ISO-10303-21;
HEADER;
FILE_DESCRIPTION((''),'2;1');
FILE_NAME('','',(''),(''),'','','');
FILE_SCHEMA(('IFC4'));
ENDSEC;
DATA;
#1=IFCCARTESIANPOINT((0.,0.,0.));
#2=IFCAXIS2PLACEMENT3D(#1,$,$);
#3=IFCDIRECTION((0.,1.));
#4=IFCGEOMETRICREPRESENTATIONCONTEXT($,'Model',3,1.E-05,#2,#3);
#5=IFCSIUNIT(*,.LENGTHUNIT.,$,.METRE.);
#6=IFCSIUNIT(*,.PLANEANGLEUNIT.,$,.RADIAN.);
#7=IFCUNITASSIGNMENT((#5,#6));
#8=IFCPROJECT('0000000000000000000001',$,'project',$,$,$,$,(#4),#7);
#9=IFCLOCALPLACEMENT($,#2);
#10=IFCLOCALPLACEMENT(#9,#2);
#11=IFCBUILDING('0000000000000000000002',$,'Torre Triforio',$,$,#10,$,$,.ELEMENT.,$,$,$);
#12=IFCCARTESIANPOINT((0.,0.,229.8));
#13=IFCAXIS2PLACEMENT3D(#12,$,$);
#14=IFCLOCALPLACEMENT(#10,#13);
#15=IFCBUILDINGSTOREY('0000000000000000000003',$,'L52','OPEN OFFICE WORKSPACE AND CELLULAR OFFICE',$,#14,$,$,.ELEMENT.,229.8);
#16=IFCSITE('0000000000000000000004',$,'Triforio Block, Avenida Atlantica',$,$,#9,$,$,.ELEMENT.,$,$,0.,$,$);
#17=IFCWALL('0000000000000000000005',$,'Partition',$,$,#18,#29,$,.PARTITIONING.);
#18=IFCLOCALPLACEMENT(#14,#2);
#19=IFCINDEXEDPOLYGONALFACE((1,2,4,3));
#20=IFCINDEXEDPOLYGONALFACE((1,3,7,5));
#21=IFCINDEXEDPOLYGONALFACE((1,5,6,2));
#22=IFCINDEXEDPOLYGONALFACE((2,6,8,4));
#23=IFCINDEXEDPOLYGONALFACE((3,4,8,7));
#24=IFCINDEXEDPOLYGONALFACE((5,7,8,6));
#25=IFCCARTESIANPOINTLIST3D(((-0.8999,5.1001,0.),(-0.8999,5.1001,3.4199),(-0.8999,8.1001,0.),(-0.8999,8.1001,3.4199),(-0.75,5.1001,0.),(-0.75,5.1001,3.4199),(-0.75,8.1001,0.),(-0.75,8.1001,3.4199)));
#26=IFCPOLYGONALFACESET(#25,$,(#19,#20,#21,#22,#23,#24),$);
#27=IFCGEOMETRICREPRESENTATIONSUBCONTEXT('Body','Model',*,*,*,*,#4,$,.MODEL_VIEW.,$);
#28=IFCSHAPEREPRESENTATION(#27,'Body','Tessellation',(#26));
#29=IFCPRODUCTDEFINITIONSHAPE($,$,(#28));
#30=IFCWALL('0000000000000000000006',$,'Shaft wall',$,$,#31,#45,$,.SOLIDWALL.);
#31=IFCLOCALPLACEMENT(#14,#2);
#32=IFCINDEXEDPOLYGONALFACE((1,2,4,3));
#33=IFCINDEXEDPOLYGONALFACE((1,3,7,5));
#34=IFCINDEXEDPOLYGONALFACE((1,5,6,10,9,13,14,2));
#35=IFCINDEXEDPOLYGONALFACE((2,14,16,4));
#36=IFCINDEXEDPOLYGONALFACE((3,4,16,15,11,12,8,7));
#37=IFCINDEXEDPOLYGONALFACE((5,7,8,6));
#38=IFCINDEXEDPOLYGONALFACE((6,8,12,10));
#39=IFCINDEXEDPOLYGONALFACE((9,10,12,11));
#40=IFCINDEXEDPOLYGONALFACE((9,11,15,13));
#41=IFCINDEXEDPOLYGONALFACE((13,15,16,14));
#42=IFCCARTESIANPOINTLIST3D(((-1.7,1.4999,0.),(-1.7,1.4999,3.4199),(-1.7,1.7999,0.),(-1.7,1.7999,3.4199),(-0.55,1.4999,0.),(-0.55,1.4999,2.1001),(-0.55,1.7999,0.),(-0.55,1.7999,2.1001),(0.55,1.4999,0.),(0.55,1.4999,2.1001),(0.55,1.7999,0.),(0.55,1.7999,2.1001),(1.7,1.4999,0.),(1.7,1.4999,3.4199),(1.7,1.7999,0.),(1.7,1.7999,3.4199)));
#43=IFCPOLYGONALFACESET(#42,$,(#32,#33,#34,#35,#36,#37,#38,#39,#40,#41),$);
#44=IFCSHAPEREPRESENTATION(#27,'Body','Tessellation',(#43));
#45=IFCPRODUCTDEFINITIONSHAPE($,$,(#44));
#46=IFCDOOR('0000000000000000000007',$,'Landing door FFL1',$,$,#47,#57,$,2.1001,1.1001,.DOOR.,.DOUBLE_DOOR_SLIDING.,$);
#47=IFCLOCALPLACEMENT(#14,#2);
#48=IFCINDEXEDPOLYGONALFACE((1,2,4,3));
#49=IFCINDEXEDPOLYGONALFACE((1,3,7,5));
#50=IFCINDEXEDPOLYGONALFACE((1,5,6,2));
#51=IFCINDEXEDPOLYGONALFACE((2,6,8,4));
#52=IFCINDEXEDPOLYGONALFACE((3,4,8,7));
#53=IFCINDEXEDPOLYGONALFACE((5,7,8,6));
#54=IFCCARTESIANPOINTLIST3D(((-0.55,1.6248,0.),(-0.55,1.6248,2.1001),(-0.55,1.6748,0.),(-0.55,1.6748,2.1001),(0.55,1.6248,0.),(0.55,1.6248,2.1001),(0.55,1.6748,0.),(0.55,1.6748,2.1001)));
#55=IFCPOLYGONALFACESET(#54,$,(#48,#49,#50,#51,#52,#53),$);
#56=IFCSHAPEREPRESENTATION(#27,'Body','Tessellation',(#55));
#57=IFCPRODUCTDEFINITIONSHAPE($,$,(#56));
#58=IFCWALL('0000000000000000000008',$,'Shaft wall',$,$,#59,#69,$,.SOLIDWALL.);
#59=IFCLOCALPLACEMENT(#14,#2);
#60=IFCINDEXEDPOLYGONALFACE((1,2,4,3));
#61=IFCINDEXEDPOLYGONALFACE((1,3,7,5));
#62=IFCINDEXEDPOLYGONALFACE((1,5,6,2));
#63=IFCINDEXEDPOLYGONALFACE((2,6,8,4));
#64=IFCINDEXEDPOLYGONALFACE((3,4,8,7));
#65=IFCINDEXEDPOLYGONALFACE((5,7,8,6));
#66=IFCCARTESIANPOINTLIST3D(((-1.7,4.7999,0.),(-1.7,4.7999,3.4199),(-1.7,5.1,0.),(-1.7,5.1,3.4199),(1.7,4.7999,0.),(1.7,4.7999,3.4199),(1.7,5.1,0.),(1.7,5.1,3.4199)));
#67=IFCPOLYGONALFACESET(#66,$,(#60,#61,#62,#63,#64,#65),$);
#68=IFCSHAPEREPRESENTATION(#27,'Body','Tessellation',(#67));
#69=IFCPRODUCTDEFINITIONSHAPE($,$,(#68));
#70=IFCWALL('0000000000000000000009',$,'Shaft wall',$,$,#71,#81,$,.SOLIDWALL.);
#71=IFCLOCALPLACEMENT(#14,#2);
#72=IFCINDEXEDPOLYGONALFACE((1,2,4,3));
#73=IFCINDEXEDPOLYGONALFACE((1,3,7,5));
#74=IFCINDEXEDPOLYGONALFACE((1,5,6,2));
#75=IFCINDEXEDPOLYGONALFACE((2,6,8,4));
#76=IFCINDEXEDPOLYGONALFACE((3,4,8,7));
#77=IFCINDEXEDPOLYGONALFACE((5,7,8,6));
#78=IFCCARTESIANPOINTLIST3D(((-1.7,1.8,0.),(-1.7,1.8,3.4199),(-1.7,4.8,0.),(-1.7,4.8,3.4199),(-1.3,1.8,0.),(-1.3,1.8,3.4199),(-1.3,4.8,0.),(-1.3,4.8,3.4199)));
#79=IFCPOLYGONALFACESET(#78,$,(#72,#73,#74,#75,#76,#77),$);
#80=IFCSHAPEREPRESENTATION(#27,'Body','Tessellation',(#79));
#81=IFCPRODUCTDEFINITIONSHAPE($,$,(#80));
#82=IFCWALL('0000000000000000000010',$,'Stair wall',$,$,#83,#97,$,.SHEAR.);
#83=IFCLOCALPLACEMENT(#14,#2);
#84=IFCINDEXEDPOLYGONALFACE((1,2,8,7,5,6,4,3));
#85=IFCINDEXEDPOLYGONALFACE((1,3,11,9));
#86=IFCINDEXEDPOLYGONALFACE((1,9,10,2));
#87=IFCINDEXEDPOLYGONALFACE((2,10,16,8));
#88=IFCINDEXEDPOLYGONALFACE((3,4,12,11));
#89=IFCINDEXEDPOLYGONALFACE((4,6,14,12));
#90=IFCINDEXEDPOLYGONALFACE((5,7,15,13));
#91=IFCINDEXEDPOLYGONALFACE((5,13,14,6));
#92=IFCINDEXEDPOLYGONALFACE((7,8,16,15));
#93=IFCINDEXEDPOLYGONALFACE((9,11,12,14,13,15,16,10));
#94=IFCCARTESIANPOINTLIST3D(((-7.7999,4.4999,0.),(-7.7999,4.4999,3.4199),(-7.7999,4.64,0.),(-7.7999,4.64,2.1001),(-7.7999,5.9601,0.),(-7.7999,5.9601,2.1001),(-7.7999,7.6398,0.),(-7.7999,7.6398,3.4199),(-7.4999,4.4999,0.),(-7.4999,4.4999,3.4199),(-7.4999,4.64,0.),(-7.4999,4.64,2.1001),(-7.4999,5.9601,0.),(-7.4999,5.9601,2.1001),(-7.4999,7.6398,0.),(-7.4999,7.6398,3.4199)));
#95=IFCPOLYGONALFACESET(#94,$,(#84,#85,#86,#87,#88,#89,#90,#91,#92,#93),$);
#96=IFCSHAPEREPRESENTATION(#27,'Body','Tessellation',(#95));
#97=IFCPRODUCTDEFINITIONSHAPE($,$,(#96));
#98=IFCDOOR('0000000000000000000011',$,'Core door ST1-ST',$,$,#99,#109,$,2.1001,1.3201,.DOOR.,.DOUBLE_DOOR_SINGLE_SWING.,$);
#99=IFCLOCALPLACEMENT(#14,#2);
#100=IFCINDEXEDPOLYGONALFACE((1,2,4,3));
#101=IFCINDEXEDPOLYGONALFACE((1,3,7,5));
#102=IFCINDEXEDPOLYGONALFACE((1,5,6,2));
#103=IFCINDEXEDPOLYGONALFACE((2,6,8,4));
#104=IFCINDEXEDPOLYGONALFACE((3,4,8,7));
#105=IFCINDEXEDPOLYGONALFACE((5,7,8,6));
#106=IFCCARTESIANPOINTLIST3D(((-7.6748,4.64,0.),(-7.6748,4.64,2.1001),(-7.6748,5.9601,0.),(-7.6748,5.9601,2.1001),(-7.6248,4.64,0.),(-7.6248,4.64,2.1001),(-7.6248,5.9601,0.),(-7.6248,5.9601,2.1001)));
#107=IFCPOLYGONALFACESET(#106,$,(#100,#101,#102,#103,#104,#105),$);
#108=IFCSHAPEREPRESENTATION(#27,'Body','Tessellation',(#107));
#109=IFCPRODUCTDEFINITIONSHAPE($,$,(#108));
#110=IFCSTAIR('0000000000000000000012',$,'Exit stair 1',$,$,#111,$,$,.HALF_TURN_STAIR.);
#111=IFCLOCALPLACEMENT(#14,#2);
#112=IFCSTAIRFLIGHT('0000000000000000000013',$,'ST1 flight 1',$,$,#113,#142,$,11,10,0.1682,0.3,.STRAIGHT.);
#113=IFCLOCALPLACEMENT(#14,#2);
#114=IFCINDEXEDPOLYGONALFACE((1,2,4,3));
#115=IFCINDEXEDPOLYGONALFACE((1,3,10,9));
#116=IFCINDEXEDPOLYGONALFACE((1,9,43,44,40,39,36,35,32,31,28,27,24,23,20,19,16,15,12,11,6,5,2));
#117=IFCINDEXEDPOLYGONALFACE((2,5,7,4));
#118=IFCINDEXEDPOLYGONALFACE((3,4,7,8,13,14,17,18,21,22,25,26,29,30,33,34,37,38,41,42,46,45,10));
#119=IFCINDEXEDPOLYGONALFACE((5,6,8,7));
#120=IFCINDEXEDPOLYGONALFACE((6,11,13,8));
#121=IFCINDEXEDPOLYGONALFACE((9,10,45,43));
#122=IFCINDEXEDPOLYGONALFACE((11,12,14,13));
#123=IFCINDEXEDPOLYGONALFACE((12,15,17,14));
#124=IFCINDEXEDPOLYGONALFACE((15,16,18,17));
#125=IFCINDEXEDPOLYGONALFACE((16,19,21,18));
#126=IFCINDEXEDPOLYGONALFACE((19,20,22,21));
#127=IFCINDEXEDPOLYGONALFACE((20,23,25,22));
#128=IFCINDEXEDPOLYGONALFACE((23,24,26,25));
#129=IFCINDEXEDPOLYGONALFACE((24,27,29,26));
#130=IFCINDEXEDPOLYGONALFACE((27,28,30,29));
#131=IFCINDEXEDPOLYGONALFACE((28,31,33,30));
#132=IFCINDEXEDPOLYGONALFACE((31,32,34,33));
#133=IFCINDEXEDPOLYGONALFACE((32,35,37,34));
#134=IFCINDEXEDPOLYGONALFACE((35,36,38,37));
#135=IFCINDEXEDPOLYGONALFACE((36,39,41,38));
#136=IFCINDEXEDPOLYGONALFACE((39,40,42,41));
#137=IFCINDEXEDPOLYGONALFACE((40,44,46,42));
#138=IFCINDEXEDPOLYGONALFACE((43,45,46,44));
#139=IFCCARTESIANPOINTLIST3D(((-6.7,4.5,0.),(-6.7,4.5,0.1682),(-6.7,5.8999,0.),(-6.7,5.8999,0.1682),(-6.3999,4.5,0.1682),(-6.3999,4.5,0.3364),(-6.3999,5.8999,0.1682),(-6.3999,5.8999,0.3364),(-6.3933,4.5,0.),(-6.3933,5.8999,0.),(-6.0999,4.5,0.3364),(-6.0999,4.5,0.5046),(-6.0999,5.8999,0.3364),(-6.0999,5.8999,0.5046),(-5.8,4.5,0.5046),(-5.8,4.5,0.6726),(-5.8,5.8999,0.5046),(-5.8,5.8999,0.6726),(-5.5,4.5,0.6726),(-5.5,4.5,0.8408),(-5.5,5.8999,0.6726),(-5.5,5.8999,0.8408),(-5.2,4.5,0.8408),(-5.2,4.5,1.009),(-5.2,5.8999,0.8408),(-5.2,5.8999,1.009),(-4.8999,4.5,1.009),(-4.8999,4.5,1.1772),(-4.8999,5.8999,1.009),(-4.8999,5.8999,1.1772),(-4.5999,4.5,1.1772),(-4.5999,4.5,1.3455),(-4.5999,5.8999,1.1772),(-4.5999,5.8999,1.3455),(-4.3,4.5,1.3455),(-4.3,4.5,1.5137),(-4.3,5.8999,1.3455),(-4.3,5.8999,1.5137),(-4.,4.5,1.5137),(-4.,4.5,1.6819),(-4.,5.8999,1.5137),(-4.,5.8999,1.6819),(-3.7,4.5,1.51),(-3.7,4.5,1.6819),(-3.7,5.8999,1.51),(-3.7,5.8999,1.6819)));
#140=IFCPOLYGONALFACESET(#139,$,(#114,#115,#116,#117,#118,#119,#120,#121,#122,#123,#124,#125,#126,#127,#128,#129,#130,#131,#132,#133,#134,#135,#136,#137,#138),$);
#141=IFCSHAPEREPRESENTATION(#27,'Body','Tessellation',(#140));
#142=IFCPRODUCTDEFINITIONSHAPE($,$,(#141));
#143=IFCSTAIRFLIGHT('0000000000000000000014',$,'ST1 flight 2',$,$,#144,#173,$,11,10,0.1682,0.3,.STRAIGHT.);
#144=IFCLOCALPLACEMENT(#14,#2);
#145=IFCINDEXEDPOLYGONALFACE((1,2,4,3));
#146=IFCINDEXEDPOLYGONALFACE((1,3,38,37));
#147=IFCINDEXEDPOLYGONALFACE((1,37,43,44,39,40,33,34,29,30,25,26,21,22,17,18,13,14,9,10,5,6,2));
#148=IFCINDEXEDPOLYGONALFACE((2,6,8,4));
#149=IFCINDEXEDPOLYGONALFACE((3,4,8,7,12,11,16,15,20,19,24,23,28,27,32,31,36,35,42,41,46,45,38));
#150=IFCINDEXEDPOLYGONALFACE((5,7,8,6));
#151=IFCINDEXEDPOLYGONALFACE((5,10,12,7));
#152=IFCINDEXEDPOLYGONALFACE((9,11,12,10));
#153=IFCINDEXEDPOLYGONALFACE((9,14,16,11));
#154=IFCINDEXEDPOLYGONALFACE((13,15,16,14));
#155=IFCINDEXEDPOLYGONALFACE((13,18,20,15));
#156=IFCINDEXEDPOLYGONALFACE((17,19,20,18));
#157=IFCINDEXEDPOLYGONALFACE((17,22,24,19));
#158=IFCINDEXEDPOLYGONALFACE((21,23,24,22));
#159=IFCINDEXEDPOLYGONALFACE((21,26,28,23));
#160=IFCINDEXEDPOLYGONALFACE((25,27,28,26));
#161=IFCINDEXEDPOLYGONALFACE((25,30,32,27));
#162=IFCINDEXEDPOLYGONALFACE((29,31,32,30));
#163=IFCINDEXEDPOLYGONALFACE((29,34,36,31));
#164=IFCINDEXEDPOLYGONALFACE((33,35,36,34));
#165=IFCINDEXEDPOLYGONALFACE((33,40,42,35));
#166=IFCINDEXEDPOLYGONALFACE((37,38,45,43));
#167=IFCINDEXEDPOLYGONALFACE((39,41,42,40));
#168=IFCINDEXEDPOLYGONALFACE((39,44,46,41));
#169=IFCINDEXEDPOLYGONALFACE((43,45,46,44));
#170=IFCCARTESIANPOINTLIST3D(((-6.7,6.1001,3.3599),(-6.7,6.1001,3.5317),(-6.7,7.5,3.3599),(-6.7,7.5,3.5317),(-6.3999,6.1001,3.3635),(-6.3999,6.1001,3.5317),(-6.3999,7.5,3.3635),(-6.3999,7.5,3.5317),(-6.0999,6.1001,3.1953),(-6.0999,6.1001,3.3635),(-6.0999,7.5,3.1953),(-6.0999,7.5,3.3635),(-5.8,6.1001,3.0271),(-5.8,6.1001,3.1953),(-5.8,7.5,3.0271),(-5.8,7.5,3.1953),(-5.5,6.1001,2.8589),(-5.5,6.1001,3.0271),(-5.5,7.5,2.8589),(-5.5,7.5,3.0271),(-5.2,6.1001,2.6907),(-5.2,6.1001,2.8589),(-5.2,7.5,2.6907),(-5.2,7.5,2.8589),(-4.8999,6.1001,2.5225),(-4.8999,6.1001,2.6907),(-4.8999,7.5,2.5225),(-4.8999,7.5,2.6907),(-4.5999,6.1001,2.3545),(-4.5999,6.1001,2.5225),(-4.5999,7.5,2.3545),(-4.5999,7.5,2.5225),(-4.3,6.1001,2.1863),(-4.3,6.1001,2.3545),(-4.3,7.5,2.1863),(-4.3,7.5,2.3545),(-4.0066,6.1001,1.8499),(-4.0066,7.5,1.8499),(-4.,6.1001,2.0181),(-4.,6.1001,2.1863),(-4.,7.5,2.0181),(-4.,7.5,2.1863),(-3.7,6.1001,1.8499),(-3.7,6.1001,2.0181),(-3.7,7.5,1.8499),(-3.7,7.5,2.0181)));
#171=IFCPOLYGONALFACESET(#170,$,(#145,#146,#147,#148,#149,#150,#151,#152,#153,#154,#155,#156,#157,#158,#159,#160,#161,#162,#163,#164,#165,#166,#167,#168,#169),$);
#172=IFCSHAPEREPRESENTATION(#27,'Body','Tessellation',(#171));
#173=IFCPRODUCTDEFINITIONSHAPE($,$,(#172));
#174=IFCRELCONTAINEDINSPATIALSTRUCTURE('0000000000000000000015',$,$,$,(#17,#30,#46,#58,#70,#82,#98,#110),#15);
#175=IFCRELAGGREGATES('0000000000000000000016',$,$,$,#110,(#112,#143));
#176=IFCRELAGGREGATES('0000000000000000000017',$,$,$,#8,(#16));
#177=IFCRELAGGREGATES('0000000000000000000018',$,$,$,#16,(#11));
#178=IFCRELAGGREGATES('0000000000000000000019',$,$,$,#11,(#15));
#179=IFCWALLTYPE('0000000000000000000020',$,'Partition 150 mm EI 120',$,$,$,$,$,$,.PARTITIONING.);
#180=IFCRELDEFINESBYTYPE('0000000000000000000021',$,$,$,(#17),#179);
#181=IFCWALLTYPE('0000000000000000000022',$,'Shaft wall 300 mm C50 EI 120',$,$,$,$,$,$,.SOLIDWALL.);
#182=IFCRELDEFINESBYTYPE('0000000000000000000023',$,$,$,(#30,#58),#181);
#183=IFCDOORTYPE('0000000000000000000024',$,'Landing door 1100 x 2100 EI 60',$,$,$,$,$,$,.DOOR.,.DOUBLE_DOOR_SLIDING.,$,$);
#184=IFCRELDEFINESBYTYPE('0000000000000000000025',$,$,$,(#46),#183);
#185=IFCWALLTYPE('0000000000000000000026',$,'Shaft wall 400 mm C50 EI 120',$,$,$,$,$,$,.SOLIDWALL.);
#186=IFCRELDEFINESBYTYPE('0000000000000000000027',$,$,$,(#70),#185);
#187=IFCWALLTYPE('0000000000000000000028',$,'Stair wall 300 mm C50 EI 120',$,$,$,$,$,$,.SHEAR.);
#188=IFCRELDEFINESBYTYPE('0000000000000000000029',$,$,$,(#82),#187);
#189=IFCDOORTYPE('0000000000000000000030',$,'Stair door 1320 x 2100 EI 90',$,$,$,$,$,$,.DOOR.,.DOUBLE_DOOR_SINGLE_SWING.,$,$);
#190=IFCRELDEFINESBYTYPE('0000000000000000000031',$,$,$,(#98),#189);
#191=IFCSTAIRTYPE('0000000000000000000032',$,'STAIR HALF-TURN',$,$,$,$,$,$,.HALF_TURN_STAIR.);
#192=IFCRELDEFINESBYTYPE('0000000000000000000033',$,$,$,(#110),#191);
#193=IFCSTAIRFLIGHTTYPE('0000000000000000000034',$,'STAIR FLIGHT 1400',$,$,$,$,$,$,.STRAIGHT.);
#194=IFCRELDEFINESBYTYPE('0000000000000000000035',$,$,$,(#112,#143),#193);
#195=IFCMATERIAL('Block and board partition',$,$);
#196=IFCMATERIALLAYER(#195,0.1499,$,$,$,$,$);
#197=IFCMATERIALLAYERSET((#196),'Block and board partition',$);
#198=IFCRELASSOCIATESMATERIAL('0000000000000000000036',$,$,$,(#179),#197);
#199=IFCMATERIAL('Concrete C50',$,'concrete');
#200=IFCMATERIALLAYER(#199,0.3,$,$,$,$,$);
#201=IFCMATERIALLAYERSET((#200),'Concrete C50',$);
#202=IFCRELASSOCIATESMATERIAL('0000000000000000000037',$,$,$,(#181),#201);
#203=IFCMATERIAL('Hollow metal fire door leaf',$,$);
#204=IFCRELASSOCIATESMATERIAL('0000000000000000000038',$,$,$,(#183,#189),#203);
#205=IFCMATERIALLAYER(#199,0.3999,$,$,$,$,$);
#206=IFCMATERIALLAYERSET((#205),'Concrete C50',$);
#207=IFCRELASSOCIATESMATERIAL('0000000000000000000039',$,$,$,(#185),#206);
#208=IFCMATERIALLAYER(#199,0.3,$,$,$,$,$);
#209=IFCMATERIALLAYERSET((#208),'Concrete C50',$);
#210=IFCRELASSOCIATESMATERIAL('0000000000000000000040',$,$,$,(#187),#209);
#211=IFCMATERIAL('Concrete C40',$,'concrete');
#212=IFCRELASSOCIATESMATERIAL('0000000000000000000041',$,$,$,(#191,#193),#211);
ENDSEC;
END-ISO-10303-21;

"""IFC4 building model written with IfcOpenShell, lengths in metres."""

from ifc_helpers import new_model, si_unit, direction, frame, frame_2d, origin, place, context, subcontext, project, spatial, polyline, rectangle, outline, extrude, material, layer, layer_set, type_object, element, fill, aggregate, save


model = new_model("IFC4")

# Units and contexts
model_context = context("Model", 3, precision=1e-05, world=origin(), true_north=direction((0.0, 1.0)))
body_context = subcontext(model_context, "Body", "Model", "MODEL_VIEW")
ifc_project = project(units=[si_unit("LENGTHUNIT", "METRE"), si_unit("PLANEANGLEUNIT", "RADIAN")], contexts=[model_context])

# Site, building, storey
site_placement = place(None, origin())
site = spatial("IfcSite", under=ifc_project, at=site_placement, Name="Triforio Block, Avenida Atlantica", CompositionType="ELEMENT", RefElevation=0.0)
building_placement = place(site_placement, origin())
building = spatial("IfcBuilding", under=site, at=building_placement, Name="Torre Triforio", CompositionType="ELEMENT")
storey_placement = place(building_placement, frame((0.0, 0.0, 229.8)))
storey = spatial("IfcBuildingStorey", under=building, at=storey_placement, Name="L52", Description="OPEN OFFICE WORKSPACE AND CELLULAR OFFICE", CompositionType="ELEMENT", Elevation=229.8)

# Shared definitions
ifc_material_1 = material(Name="Concrete C40", Category="concrete")

# Wall
ifc_material_2 = material(Name="Concrete C50", Category="concrete")
ifc_material_3 = material(Name="Block and board partition")
ifc_layer_1 = layer(ifc_material_3, 0.1499)
ifc_layer_set_1 = layer_set([ifc_layer_1], Name="Block and board partition")
wall_type_1 = type_object("IfcWallType", Name="Partition 150 mm EI 120", PredefinedType="PARTITIONING", material=ifc_layer_set_1)
wall_1_placement = place(storey_placement, frame((-0.825, 5.1001, 0.0), z_axis=(0.0, 0.0, 1.0), x_axis=(0.0, 1.0, 0.0)))
element("IfcWall", 1, at=wall_1_placement, inside=storey, type_object=wall_type_1, Name="Partition", PredefinedType="PARTITIONING", context=body_context, shape_type="SweptSolid", body=[
    extrude(rectangle(XDim=3.0, YDim=0.1499, at=frame_2d((1.5, 0.0))), origin(), (0.0, 0.0, 1.0), 3.4199),
])

# Wall, opening, door
ifc_layer_2 = layer(ifc_material_2, 0.3)
ifc_layer_set_2 = layer_set([ifc_layer_2], Name="Concrete C50")
wall_type_2 = type_object("IfcWallType", Name="Shaft wall 300 mm C50 EI 120", PredefinedType="SOLIDWALL", material=ifc_layer_set_2)
wall_2_placement = place(storey_placement, frame((-1.7, 1.6499, 0.0), z_axis=(0.0, 0.0, 1.0), x_axis=(1.0, 0.0, 0.0)))
wall_2 = element("IfcWall", 2, at=wall_2_placement, inside=storey, type_object=wall_type_2, Name="Shaft wall", PredefinedType="SOLIDWALL", context=body_context, shape_type="SweptSolid", body=[
    extrude(rectangle(XDim=3.3999, YDim=0.3, at=frame_2d((1.7, 0.0))), origin(), (0.0, 0.0, 1.0), 3.4199),
])
opening_1_placement = place(wall_2_placement, frame((1.1499, 0.0, 0.0)))
opening_1 = element("IfcOpeningElement", 3, at=opening_1_placement, cuts=wall_2, PredefinedType="OPENING", context=body_context, shape_type="SweptSolid", body=[
    extrude(rectangle(XDim=1.1001, YDim=2.1001, at=frame_2d((0.55, 1.05))), frame((0.0, 0.1599, 0.0), z_axis=(0.0, -1.0, 0.0), x_axis=(1.0, 0.0, 0.0)), (0.0, 0.0, 1.0), 0.3201),
])
ifc_material_4 = material(Name="Hollow metal fire door leaf")
door_type_1 = type_object("IfcDoorType", Name="Landing door 1100 x 2100 EI 60", OperationType="DOUBLE_DOOR_SLIDING", PredefinedType="DOOR", material=ifc_material_4)
door_1_placement = place(opening_1_placement, origin())
door_1 = element("IfcDoor", 4, at=door_1_placement, inside=storey, type_object=door_type_1, Name="Landing door FFL1", OperationType="DOUBLE_DOOR_SLIDING", OverallHeight=2.1001, OverallWidth=1.1001, PredefinedType="DOOR", context=body_context, shape_type="SweptSolid", body=[
    extrude(rectangle(XDim=1.1001, YDim=2.1001, at=frame_2d((0.55, 1.05))), frame((0.0, 0.0249, 0.0), z_axis=(0.0, -1.0, 0.0), x_axis=(1.0, 0.0, 0.0)), (0.0, 0.0, 1.0), 0.05),
])
fill(opening_1, door_1)

# Walls
wall_3_placement = place(storey_placement, frame((-1.7, 4.95, 0.0), z_axis=(0.0, 0.0, 1.0), x_axis=(1.0, 0.0, 0.0)))
element("IfcWall", 5, at=wall_3_placement, inside=storey, type_object=wall_type_2, Name="Shaft wall", PredefinedType="SOLIDWALL", context=body_context, shape_type="SweptSolid", body=[
    extrude(rectangle(XDim=3.3999, YDim=0.3, at=frame_2d((1.7, 0.0))), origin(), (0.0, 0.0, 1.0), 3.4199),
])
ifc_layer_3 = layer(ifc_material_2, 0.3999)
ifc_layer_set_3 = layer_set([ifc_layer_3], Name="Concrete C50")
wall_type_3 = type_object("IfcWallType", Name="Shaft wall 400 mm C50 EI 120", PredefinedType="SOLIDWALL", material=ifc_layer_set_3)
wall_4_placement = place(storey_placement, frame((-1.5, 1.8, 0.0), z_axis=(0.0, 0.0, 1.0), x_axis=(0.0, 1.0, 0.0)))
element("IfcWall", 6, at=wall_4_placement, inside=storey, type_object=wall_type_3, Name="Shaft wall", PredefinedType="SOLIDWALL", context=body_context, shape_type="SweptSolid", body=[
    extrude(rectangle(XDim=3.0, YDim=0.3999, at=frame_2d((1.5, 0.0))), origin(), (0.0, 0.0, 1.0), 3.4199),
])

# Wall, opening, door
ifc_layer_4 = layer(ifc_material_2, 0.3)
ifc_layer_set_4 = layer_set([ifc_layer_4], Name="Concrete C50")
wall_type_4 = type_object("IfcWallType", Name="Stair wall 300 mm C50 EI 120", PredefinedType="SHEAR", material=ifc_layer_set_4)
wall_5_placement = place(storey_placement, frame((-7.6499, 4.5, 0.0), z_axis=(0.0, 0.0, 1.0), x_axis=(0.0, 1.0, 0.0)))
wall_5 = element("IfcWall", 7, at=wall_5_placement, inside=storey, type_object=wall_type_4, Name="Stair wall", PredefinedType="SHEAR", context=body_context, shape_type="SweptSolid", body=[
    extrude(rectangle(XDim=3.1399, YDim=0.3, at=frame_2d((1.5698, 0.0))), origin(), (0.0, 0.0, 1.0), 3.4199),
])
opening_2_placement = place(wall_5_placement, frame((0.1399, 0.0, 0.0)))
opening_2 = element("IfcOpeningElement", 8, at=opening_2_placement, cuts=wall_5, PredefinedType="OPENING", context=body_context, shape_type="SweptSolid", body=[
    extrude(rectangle(XDim=1.3201, YDim=2.1001, at=frame_2d((0.6602, 1.05))), frame((0.0, 0.1599, 0.0), z_axis=(0.0, -1.0, 0.0), x_axis=(1.0, 0.0, 0.0)), (0.0, 0.0, 1.0), 0.3201),
])
door_type_2 = type_object("IfcDoorType", Name="Stair door 1320 x 2100 EI 90", OperationType="DOUBLE_DOOR_SINGLE_SWING", PredefinedType="DOOR", material=ifc_material_4)
door_2_placement = place(opening_2_placement, origin())
door_2 = element("IfcDoor", 9, at=door_2_placement, inside=storey, type_object=door_type_2, Name="Core door ST1-ST", OperationType="DOUBLE_DOOR_SINGLE_SWING", OverallHeight=2.1001, OverallWidth=1.3201, PredefinedType="DOOR", context=body_context, shape_type="SweptSolid", body=[
    extrude(rectangle(XDim=1.3201, YDim=2.1001, at=frame_2d((0.6602, 1.05))), frame((0.0, 0.0249, 0.0), z_axis=(0.0, -1.0, 0.0), x_axis=(1.0, 0.0, 0.0)), (0.0, 0.0, 1.0), 0.05),
])
fill(opening_2, door_2)

# Stair, stair flights
stair_type = type_object("IfcStairType", Name="STAIR HALF-TURN", PredefinedType="HALF_TURN_STAIR", material=ifc_material_1)
stair_placement = place(storey_placement, origin())
stair = element("IfcStair", 10, at=stair_placement, inside=storey, type_object=stair_type, Name="Exit stair 1", PredefinedType="HALF_TURN_STAIR")
stair_flight_type = type_object("IfcStairFlightType", Name="STAIR FLIGHT 1400", PredefinedType="STRAIGHT", material=ifc_material_1)
stair_flight_1_placement = place(storey_placement, frame((-6.7, 5.2, 0.0), z_axis=(0.0, 0.0, 1.0), x_axis=(1.0, 0.0, 0.0)))
stair_flight_1 = element("IfcStairFlight", 11, at=stair_flight_1_placement, type_object=stair_flight_type, Name="ST1 flight 1", NumberOfRisers=11, NumberOfTreads=10, PredefinedType="STRAIGHT", RiserHeight=0.1682, TreadLength=0.3, context=body_context, shape_type="SweptSolid", body=[
    extrude(outline(polyline([(0.0, 0.0), (0.0, 0.1682), (0.3, 0.1682), (0.3, 0.3364), (0.6001, 0.3364), (0.6001, 0.5046), (0.8999, 0.5046), (0.8999, 0.6726), (1.2, 0.6726), (1.2, 0.8408), (1.5, 0.8408), (1.5, 1.009), (1.8, 1.009), (1.8, 1.1772), (2.1001, 1.1772), (2.1001, 1.3455), (2.3999, 1.3455), (2.3999, 1.5137), (2.7, 1.5137), (2.7, 1.6819), (3.0, 1.6819), (3.0, 1.8501), (3.0, 1.51), (0.3066, 0.0), (0.0, 0.0)])), frame((0.0, 0.7, 0.0), z_axis=(0.0, -1.0, 0.0), x_axis=(1.0, 0.0, 0.0)), (0.0, 0.0, 1.0), 1.3999),
])
stair_flight_2_placement = place(storey_placement, frame((-3.7, 6.8, 1.8499), z_axis=(0.0, 0.0, 1.0), x_axis=(-1.0, 0.0, 0.0)))
stair_flight_2 = element("IfcStairFlight", 12, at=stair_flight_2_placement, type_object=stair_flight_type, Name="ST1 flight 2", NumberOfRisers=11, NumberOfTreads=10, PredefinedType="STRAIGHT", RiserHeight=0.1682, TreadLength=0.3, context=body_context, shape_type="SweptSolid", body=[
    extrude(outline(polyline([(0.0, 0.0), (0.0, 0.1682), (0.3, 0.1682), (0.3, 0.3364), (0.6001, 0.3364), (0.6001, 0.5046), (0.8999, 0.5046), (0.8999, 0.6726), (1.2, 0.6726), (1.2, 0.8408), (1.5, 0.8408), (1.5, 1.009), (1.8, 1.009), (1.8, 1.1772), (2.1001, 1.1772), (2.1001, 1.3455), (2.3999, 1.3455), (2.3999, 1.5137), (2.7, 1.5137), (2.7, 1.6819), (3.0, 1.6819), (3.0, 1.8501), (3.0, 1.51), (0.3066, 0.0), (0.0, 0.0)])), frame((0.0, 0.7, 0.0), z_axis=(0.0, -1.0, 0.0), x_axis=(1.0, 0.0, 0.0)), (0.0, 0.0, 1.0), 1.3999),
])
aggregate(stair, [stair_flight_1, stair_flight_2])

save(model, "model.ifc")
